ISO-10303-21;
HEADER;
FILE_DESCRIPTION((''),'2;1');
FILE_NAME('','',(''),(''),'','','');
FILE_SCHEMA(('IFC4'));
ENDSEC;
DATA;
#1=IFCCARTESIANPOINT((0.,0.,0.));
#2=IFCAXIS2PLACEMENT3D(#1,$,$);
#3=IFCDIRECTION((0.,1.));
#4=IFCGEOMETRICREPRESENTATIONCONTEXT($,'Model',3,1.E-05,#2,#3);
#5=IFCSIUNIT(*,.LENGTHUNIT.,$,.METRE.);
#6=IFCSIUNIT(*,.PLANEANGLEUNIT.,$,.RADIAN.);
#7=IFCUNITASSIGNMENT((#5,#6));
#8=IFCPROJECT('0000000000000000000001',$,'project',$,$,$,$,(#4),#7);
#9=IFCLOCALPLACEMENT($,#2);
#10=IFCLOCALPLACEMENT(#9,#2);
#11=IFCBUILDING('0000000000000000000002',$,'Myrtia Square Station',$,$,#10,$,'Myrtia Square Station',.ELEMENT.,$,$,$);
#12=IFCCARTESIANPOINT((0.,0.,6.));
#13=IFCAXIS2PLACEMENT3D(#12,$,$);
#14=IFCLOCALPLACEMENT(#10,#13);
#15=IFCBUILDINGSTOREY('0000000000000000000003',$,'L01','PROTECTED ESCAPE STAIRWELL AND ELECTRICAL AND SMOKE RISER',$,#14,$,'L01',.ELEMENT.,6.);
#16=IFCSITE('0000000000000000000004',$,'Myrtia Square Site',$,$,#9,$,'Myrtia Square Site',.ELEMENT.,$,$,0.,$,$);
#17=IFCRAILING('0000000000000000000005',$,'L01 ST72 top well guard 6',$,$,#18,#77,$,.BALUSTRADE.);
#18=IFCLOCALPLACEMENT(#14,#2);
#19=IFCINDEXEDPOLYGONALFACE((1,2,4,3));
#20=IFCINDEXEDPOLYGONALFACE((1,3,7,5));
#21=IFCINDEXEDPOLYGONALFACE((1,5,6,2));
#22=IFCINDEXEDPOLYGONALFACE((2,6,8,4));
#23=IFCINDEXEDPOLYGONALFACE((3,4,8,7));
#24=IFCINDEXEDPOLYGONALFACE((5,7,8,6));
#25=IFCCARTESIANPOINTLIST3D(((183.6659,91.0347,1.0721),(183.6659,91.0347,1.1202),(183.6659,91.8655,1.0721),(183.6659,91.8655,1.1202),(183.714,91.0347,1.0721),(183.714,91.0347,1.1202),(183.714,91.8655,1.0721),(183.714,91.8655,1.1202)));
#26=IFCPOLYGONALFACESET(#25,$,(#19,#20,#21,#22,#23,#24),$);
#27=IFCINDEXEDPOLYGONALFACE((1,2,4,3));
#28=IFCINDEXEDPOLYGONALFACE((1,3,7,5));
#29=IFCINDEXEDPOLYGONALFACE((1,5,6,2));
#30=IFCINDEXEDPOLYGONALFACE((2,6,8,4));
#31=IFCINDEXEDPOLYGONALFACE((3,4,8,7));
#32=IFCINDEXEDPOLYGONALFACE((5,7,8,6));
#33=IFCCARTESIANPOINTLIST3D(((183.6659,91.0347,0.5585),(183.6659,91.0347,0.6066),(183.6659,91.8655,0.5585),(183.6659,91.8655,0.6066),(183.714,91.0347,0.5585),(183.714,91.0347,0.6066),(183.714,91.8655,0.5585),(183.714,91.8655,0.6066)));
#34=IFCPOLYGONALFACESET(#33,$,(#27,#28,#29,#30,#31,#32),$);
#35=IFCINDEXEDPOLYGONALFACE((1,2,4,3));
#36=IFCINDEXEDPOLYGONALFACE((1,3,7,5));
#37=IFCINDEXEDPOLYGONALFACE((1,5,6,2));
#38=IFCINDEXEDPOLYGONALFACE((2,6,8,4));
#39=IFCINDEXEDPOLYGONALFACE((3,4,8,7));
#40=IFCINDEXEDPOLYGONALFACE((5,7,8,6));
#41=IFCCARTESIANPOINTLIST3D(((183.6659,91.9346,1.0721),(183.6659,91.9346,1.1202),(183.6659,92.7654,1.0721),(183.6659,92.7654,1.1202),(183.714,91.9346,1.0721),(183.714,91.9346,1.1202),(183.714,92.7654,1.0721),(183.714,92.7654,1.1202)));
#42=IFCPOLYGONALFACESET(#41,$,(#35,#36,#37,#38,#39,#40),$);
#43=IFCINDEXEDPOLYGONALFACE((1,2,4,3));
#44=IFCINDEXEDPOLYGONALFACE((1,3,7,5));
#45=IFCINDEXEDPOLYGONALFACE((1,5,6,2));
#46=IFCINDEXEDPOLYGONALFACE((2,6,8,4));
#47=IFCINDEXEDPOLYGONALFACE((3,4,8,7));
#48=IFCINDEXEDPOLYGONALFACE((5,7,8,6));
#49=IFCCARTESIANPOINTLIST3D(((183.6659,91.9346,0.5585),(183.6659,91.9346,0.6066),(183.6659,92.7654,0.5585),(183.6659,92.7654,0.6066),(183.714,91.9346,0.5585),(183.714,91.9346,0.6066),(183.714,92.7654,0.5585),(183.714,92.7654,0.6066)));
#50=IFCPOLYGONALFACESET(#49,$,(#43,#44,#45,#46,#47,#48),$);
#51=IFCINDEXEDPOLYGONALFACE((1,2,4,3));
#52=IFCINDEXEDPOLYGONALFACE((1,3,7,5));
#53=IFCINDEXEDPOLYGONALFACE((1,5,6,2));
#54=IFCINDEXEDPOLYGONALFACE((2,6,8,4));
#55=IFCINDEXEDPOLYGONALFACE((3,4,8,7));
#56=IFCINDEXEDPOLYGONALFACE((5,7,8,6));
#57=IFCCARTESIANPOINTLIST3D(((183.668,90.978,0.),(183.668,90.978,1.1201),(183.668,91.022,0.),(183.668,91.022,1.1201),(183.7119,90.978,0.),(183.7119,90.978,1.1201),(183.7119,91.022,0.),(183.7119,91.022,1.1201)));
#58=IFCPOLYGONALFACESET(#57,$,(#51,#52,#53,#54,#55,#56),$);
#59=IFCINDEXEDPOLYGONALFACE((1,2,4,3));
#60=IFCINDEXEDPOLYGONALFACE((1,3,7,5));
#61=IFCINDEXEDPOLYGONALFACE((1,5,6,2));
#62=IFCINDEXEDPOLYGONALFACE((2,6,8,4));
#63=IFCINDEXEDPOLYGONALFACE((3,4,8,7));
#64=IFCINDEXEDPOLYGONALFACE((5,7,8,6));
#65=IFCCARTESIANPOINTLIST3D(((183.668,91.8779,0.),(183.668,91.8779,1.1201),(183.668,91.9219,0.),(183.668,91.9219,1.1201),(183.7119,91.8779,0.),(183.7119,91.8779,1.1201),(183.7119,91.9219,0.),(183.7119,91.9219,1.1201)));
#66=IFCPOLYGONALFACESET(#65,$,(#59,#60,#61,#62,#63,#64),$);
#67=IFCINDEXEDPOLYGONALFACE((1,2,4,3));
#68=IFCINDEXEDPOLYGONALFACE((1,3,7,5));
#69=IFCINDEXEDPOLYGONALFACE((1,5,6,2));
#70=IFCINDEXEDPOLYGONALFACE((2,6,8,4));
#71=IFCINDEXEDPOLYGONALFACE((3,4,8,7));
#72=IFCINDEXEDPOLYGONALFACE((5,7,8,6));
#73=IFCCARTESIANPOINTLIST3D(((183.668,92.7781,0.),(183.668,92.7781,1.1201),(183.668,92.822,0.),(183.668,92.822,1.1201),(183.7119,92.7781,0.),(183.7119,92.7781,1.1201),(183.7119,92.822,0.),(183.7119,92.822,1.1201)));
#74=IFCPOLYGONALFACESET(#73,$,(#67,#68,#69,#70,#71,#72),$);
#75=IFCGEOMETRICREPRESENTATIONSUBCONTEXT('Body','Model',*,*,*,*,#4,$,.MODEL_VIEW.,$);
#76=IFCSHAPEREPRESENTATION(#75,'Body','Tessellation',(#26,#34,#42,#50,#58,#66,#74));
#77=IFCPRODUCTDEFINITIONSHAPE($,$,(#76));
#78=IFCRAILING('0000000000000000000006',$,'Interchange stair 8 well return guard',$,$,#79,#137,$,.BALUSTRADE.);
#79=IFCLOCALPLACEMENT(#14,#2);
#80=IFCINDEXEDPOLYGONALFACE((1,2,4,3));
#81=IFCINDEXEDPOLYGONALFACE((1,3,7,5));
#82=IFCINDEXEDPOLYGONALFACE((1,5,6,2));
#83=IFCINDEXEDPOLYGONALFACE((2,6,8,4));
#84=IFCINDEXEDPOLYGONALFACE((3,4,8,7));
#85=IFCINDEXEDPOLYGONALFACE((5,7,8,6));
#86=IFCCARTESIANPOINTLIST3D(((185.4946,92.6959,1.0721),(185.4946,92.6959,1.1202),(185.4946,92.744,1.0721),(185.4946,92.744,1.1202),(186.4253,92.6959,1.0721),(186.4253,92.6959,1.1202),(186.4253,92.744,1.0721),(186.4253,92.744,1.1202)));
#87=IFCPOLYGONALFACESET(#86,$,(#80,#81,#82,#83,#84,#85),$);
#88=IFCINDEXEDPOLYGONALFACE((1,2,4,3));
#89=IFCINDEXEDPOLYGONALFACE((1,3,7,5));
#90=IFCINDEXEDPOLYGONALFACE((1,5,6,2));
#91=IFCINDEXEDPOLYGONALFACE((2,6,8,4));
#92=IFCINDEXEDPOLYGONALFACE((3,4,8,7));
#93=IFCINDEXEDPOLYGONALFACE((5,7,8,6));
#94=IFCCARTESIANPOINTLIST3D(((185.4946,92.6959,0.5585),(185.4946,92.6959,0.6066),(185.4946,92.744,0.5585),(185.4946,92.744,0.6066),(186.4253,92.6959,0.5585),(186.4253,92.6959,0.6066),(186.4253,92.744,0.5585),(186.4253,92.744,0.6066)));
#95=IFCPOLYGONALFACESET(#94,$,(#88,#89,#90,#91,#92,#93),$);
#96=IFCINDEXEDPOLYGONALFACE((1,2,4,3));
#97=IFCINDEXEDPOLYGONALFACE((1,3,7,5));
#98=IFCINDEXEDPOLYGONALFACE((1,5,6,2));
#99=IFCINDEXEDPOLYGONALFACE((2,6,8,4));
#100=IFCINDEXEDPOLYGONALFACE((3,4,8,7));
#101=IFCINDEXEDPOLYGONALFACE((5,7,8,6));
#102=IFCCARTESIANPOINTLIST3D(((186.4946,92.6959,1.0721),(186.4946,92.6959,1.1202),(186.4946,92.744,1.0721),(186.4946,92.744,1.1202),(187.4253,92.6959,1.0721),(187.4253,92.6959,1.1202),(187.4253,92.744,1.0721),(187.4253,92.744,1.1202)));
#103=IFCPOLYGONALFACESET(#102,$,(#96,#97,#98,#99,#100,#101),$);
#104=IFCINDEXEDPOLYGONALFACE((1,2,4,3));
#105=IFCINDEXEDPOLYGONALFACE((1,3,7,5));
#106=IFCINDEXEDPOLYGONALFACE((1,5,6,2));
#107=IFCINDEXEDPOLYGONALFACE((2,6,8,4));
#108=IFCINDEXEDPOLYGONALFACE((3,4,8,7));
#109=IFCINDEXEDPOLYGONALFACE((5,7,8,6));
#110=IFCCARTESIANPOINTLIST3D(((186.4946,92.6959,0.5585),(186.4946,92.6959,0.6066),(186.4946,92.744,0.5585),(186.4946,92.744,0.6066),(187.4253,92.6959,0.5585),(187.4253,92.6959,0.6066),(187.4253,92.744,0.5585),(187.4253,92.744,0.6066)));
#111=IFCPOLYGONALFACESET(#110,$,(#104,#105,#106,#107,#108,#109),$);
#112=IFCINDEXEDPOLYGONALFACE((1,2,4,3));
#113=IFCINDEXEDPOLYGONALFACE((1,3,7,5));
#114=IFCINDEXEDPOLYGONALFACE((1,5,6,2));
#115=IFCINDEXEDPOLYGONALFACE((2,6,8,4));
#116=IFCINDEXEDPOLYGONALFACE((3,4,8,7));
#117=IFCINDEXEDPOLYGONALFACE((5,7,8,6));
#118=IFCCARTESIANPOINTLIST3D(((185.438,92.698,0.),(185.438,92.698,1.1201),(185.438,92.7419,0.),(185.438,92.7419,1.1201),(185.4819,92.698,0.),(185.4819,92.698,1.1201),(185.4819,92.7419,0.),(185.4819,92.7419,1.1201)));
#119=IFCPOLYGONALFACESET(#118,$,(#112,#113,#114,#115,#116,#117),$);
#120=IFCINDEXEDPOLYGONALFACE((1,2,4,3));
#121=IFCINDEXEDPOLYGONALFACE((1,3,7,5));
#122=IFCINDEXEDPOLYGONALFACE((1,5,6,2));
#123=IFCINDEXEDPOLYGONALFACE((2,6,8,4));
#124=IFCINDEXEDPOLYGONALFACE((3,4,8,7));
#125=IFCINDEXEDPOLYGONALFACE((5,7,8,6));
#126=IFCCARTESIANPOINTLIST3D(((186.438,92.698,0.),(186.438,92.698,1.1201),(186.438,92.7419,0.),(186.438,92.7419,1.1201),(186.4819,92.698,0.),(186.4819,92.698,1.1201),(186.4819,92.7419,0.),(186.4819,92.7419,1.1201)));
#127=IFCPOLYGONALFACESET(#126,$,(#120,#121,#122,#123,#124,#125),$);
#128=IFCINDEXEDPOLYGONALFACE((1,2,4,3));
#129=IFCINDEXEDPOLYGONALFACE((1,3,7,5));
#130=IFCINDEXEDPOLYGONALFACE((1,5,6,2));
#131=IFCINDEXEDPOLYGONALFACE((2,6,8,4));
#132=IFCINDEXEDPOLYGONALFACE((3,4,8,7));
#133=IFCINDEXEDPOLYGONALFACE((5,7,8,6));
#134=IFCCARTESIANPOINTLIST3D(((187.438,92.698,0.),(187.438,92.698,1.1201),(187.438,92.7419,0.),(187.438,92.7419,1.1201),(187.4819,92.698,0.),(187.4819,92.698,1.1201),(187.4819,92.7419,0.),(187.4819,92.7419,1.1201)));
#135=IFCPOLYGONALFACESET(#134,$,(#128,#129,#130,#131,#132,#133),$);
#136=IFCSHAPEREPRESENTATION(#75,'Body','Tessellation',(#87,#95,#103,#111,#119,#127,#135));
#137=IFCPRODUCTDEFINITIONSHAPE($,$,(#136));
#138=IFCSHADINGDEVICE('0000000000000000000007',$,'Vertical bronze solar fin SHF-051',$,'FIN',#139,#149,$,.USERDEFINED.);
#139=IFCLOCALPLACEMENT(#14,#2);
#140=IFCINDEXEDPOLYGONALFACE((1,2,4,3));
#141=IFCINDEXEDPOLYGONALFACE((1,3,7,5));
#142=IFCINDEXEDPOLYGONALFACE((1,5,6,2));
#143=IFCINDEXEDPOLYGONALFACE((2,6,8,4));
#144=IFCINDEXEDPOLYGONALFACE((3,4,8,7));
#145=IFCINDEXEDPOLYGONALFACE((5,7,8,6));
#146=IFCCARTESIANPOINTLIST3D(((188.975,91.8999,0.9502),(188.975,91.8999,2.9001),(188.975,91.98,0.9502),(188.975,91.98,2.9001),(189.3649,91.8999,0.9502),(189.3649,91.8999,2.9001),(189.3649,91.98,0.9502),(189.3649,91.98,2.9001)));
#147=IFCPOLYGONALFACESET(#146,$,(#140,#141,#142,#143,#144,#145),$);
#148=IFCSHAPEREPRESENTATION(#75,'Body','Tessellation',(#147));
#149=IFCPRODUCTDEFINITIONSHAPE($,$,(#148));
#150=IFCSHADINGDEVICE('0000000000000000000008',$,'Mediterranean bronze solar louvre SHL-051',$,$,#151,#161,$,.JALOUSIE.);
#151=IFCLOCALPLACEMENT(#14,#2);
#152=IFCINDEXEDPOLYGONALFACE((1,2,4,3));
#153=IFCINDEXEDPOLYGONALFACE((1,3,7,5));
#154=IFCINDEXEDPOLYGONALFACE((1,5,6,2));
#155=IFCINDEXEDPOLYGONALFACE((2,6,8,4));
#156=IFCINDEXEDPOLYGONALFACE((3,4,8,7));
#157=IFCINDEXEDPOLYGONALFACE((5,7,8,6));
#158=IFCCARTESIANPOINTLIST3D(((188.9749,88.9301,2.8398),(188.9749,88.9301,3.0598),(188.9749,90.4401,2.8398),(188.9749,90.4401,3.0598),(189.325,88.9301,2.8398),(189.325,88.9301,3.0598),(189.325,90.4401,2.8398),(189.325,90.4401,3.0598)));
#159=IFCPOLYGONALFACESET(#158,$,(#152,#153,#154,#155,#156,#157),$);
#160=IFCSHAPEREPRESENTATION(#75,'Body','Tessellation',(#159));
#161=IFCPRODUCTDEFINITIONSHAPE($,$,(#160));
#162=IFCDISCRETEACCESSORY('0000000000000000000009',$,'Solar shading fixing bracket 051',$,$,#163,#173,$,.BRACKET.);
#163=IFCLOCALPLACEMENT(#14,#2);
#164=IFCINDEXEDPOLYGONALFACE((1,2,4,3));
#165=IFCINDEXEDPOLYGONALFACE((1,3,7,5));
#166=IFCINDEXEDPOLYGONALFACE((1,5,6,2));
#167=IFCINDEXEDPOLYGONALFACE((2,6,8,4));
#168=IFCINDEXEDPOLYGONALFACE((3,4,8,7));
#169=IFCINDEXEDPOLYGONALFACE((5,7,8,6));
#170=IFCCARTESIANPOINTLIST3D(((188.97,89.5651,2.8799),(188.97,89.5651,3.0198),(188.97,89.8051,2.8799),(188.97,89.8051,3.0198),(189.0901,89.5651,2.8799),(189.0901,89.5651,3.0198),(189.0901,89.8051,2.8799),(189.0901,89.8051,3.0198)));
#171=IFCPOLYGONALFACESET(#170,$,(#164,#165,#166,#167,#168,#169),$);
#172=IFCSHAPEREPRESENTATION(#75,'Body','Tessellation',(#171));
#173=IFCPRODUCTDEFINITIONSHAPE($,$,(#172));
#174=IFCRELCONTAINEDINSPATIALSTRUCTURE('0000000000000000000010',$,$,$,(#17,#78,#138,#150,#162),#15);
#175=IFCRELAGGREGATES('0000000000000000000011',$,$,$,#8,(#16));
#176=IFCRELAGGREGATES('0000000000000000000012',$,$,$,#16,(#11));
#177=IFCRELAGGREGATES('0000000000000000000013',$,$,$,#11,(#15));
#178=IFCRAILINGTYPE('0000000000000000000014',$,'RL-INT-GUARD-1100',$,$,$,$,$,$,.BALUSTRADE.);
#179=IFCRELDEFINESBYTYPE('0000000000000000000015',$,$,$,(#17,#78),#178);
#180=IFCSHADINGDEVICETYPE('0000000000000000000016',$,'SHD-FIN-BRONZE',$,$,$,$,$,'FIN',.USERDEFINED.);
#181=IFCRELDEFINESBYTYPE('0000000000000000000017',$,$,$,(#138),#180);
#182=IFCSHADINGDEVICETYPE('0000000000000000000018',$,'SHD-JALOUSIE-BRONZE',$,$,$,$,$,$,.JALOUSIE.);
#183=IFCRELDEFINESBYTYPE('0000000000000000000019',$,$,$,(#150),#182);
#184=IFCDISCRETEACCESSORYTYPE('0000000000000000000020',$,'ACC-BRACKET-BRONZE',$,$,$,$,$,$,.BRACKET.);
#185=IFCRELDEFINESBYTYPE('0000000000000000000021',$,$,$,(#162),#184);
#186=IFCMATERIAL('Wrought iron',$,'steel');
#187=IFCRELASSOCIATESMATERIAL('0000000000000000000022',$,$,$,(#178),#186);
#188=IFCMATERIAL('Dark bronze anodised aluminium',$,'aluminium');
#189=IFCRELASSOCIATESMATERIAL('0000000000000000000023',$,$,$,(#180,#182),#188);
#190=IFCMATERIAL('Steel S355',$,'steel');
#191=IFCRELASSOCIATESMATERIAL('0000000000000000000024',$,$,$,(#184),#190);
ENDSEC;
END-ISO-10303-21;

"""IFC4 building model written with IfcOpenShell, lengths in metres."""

from ifc_helpers import new_model, si_unit, direction, frame, origin, origin_2d, place, context, subcontext, project, spatial, rectangle, extrude, material, type_object, element, save


model = new_model("IFC4")

# Units and contexts
model_context = context("Model", 3, precision=1e-05, world=origin(), true_north=direction((0.0, 1.0)))
body_context = subcontext(model_context, "Body", "Model", "MODEL_VIEW")
ifc_project = project(units=[si_unit("LENGTHUNIT", "METRE"), si_unit("PLANEANGLEUNIT", "RADIAN")], contexts=[model_context])

# Site, building, storey
site_placement = place(None, origin())
site = spatial("IfcSite", under=ifc_project, at=site_placement, Name="Myrtia Square Site", LongName="Myrtia Square Site", CompositionType="ELEMENT", RefElevation=0.0)
building_placement = place(site_placement, origin())
building = spatial("IfcBuilding", under=site, at=building_placement, Name="Myrtia Square Station", LongName="Myrtia Square Station", CompositionType="ELEMENT")
storey_placement = place(building_placement, frame((0.0, 0.0, 6.0)))
storey = spatial("IfcBuildingStorey", under=building, at=storey_placement, Name="L01", Description="PROTECTED ESCAPE STAIRWELL AND ELECTRICAL AND SMOKE RISER", LongName="L01", CompositionType="ELEMENT", Elevation=6.0)

# Shared definitions
ifc_material_1 = material(Name="Dark bronze anodised aluminium", Category="aluminium")

# Railings
ifc_material_2 = material(Name="Wrought iron", Category="steel")
railing_type = type_object("IfcRailingType", Name="RL-INT-GUARD-1100", PredefinedType="BALUSTRADE", material=ifc_material_2)
for number, where, name in (
    (1, (183.6899, 91.0, 0.0), "L01 ST72 top well guard 6"),
):
    element("IfcRailing", number, at=place(storey_placement, frame(where)), inside=storey, type_object=railing_type, Name=name, PredefinedType="BALUSTRADE", context=body_context, shape_type="SweptSolid", body=[
        extrude(rectangle(XDim=0.0481, YDim=0.0481, at=origin_2d()), frame((0.0, 0.0347, 1.0962), z_axis=(0.0, 1.0, 0.0), x_axis=(-1.0, 0.0, 0.0)), (0.0, 0.0, 1.0), 0.8308),
        extrude(rectangle(XDim=0.0481, YDim=0.0481, at=origin_2d()), frame((0.0, 0.0347, 0.5825), z_axis=(0.0, 1.0, 0.0), x_axis=(-1.0, 0.0, 0.0)), (0.0, 0.0, 1.0), 0.8308),
        extrude(rectangle(XDim=0.0481, YDim=0.0481, at=origin_2d()), frame((0.0, 0.9346, 1.0962), z_axis=(0.0, 1.0, 0.0), x_axis=(-1.0, 0.0, 0.0)), (0.0, 0.0, 1.0), 0.8308),
        extrude(rectangle(XDim=0.0481, YDim=0.0481, at=origin_2d()), frame((0.0, 0.9346, 0.5825), z_axis=(0.0, 1.0, 0.0), x_axis=(-1.0, 0.0, 0.0)), (0.0, 0.0, 1.0), 0.8308),
        extrude(rectangle(XDim=0.0439, YDim=0.0439, at=origin_2d()), origin(), (0.0, 0.0, 1.0), 1.1201),
        extrude(rectangle(XDim=0.0439, YDim=0.0439, at=origin_2d()), frame((0.0, 0.8999, 0.0)), (0.0, 0.0, 1.0), 1.1201),
        extrude(rectangle(XDim=0.0439, YDim=0.0439, at=origin_2d()), frame((0.0, 1.8, 0.0)), (0.0, 0.0, 1.0), 1.1201),
    ])
railing_1_placement = place(storey_placement, frame((185.46, 92.72, 0.0)))
element("IfcRailing", 2, at=railing_1_placement, inside=storey, type_object=railing_type, Name="Interchange stair 8 well return guard", PredefinedType="BALUSTRADE", context=body_context, shape_type="SweptSolid", body=[
    extrude(rectangle(XDim=0.0481, YDim=0.0481, at=origin_2d()), frame((0.0347, 0.0, 1.0962), z_axis=(1.0, 0.0, 0.0), x_axis=(0.0, 1.0, 0.0)), (0.0, 0.0, 1.0), 0.9307),
    extrude(rectangle(XDim=0.0481, YDim=0.0481, at=origin_2d()), frame((0.0347, 0.0, 0.5825), z_axis=(1.0, 0.0, 0.0), x_axis=(0.0, 1.0, 0.0)), (0.0, 0.0, 1.0), 0.9307),
    extrude(rectangle(XDim=0.0481, YDim=0.0481, at=origin_2d()), frame((1.0347, 0.0, 1.0962), z_axis=(1.0, 0.0, 0.0), x_axis=(0.0, 1.0, 0.0)), (0.0, 0.0, 1.0), 0.9307),
    extrude(rectangle(XDim=0.0481, YDim=0.0481, at=origin_2d()), frame((1.0347, 0.0, 0.5825), z_axis=(1.0, 0.0, 0.0), x_axis=(0.0, 1.0, 0.0)), (0.0, 0.0, 1.0), 0.9307),
    extrude(rectangle(XDim=0.0439, YDim=0.0439, at=origin_2d()), origin(), (0.0, 0.0, 1.0), 1.1201),
    extrude(rectangle(XDim=0.0439, YDim=0.0439, at=origin_2d()), frame((1.0, 0.0, 0.0)), (0.0, 0.0, 1.0), 1.1201),
    extrude(rectangle(XDim=0.0439, YDim=0.0439, at=origin_2d()), frame((2.0, 0.0, 0.0)), (0.0, 0.0, 1.0), 1.1201),
])

# Shading devices
shading_device_type_1 = type_object("IfcShadingDeviceType", Name="SHD-FIN-BRONZE", ElementType="FIN", PredefinedType="USERDEFINED", material=ifc_material_1)
shading_device_1_placement = place(storey_placement, frame((189.1699, 91.9399, 0.9502), z_axis=(0.0, 0.0, 1.0), x_axis=(0.0, 1.0, 0.0)))
element("IfcShadingDevice", 3, at=shading_device_1_placement, inside=storey, type_object=shading_device_type_1, Name="Vertical bronze solar fin SHF-051", ObjectType="FIN", PredefinedType="USERDEFINED", context=body_context, shape_type="SweptSolid", body=[
    extrude(rectangle(XDim=0.0801, YDim=0.3899, at=origin_2d()), origin(), (0.0, 0.0, 1.0), 1.95),
])
shading_device_type_2 = type_object("IfcShadingDeviceType", Name="SHD-JALOUSIE-BRONZE", PredefinedType="JALOUSIE", material=ifc_material_1)
shading_device_2_placement = place(storey_placement, frame((189.1499, 89.6851, 2.8398), z_axis=(0.0, 0.0, 1.0), x_axis=(0.0, 1.0, 0.0)))
element("IfcShadingDevice", 4, at=shading_device_2_placement, inside=storey, type_object=shading_device_type_2, Name="Mediterranean bronze solar louvre SHL-051", PredefinedType="JALOUSIE", context=body_context, shape_type="SweptSolid", body=[
    extrude(rectangle(XDim=1.51, YDim=0.3501, at=origin_2d()), origin(), (0.0, 0.0, 1.0), 0.22),
])

# Discrete accessory
ifc_material_3 = material(Name="Steel S355", Category="steel")
discrete_accessory_type = type_object("IfcDiscreteAccessoryType", Name="ACC-BRACKET-BRONZE", PredefinedType="BRACKET", material=ifc_material_3)
discrete_accessory_placement = place(storey_placement, frame((189.03, 89.6851, 2.8799), z_axis=(0.0, 0.0, 1.0), x_axis=(0.0, 1.0, 0.0)))
element("IfcDiscreteAccessory", 5, at=discrete_accessory_placement, inside=storey, type_object=discrete_accessory_type, Name="Solar shading fixing bracket 051", PredefinedType="BRACKET", context=body_context, shape_type="SweptSolid", body=[
    extrude(rectangle(XDim=0.24, YDim=0.1201, at=origin_2d()), origin(), (0.0, 0.0, 1.0), 0.1399),
])

save(model, "model.ifc")
